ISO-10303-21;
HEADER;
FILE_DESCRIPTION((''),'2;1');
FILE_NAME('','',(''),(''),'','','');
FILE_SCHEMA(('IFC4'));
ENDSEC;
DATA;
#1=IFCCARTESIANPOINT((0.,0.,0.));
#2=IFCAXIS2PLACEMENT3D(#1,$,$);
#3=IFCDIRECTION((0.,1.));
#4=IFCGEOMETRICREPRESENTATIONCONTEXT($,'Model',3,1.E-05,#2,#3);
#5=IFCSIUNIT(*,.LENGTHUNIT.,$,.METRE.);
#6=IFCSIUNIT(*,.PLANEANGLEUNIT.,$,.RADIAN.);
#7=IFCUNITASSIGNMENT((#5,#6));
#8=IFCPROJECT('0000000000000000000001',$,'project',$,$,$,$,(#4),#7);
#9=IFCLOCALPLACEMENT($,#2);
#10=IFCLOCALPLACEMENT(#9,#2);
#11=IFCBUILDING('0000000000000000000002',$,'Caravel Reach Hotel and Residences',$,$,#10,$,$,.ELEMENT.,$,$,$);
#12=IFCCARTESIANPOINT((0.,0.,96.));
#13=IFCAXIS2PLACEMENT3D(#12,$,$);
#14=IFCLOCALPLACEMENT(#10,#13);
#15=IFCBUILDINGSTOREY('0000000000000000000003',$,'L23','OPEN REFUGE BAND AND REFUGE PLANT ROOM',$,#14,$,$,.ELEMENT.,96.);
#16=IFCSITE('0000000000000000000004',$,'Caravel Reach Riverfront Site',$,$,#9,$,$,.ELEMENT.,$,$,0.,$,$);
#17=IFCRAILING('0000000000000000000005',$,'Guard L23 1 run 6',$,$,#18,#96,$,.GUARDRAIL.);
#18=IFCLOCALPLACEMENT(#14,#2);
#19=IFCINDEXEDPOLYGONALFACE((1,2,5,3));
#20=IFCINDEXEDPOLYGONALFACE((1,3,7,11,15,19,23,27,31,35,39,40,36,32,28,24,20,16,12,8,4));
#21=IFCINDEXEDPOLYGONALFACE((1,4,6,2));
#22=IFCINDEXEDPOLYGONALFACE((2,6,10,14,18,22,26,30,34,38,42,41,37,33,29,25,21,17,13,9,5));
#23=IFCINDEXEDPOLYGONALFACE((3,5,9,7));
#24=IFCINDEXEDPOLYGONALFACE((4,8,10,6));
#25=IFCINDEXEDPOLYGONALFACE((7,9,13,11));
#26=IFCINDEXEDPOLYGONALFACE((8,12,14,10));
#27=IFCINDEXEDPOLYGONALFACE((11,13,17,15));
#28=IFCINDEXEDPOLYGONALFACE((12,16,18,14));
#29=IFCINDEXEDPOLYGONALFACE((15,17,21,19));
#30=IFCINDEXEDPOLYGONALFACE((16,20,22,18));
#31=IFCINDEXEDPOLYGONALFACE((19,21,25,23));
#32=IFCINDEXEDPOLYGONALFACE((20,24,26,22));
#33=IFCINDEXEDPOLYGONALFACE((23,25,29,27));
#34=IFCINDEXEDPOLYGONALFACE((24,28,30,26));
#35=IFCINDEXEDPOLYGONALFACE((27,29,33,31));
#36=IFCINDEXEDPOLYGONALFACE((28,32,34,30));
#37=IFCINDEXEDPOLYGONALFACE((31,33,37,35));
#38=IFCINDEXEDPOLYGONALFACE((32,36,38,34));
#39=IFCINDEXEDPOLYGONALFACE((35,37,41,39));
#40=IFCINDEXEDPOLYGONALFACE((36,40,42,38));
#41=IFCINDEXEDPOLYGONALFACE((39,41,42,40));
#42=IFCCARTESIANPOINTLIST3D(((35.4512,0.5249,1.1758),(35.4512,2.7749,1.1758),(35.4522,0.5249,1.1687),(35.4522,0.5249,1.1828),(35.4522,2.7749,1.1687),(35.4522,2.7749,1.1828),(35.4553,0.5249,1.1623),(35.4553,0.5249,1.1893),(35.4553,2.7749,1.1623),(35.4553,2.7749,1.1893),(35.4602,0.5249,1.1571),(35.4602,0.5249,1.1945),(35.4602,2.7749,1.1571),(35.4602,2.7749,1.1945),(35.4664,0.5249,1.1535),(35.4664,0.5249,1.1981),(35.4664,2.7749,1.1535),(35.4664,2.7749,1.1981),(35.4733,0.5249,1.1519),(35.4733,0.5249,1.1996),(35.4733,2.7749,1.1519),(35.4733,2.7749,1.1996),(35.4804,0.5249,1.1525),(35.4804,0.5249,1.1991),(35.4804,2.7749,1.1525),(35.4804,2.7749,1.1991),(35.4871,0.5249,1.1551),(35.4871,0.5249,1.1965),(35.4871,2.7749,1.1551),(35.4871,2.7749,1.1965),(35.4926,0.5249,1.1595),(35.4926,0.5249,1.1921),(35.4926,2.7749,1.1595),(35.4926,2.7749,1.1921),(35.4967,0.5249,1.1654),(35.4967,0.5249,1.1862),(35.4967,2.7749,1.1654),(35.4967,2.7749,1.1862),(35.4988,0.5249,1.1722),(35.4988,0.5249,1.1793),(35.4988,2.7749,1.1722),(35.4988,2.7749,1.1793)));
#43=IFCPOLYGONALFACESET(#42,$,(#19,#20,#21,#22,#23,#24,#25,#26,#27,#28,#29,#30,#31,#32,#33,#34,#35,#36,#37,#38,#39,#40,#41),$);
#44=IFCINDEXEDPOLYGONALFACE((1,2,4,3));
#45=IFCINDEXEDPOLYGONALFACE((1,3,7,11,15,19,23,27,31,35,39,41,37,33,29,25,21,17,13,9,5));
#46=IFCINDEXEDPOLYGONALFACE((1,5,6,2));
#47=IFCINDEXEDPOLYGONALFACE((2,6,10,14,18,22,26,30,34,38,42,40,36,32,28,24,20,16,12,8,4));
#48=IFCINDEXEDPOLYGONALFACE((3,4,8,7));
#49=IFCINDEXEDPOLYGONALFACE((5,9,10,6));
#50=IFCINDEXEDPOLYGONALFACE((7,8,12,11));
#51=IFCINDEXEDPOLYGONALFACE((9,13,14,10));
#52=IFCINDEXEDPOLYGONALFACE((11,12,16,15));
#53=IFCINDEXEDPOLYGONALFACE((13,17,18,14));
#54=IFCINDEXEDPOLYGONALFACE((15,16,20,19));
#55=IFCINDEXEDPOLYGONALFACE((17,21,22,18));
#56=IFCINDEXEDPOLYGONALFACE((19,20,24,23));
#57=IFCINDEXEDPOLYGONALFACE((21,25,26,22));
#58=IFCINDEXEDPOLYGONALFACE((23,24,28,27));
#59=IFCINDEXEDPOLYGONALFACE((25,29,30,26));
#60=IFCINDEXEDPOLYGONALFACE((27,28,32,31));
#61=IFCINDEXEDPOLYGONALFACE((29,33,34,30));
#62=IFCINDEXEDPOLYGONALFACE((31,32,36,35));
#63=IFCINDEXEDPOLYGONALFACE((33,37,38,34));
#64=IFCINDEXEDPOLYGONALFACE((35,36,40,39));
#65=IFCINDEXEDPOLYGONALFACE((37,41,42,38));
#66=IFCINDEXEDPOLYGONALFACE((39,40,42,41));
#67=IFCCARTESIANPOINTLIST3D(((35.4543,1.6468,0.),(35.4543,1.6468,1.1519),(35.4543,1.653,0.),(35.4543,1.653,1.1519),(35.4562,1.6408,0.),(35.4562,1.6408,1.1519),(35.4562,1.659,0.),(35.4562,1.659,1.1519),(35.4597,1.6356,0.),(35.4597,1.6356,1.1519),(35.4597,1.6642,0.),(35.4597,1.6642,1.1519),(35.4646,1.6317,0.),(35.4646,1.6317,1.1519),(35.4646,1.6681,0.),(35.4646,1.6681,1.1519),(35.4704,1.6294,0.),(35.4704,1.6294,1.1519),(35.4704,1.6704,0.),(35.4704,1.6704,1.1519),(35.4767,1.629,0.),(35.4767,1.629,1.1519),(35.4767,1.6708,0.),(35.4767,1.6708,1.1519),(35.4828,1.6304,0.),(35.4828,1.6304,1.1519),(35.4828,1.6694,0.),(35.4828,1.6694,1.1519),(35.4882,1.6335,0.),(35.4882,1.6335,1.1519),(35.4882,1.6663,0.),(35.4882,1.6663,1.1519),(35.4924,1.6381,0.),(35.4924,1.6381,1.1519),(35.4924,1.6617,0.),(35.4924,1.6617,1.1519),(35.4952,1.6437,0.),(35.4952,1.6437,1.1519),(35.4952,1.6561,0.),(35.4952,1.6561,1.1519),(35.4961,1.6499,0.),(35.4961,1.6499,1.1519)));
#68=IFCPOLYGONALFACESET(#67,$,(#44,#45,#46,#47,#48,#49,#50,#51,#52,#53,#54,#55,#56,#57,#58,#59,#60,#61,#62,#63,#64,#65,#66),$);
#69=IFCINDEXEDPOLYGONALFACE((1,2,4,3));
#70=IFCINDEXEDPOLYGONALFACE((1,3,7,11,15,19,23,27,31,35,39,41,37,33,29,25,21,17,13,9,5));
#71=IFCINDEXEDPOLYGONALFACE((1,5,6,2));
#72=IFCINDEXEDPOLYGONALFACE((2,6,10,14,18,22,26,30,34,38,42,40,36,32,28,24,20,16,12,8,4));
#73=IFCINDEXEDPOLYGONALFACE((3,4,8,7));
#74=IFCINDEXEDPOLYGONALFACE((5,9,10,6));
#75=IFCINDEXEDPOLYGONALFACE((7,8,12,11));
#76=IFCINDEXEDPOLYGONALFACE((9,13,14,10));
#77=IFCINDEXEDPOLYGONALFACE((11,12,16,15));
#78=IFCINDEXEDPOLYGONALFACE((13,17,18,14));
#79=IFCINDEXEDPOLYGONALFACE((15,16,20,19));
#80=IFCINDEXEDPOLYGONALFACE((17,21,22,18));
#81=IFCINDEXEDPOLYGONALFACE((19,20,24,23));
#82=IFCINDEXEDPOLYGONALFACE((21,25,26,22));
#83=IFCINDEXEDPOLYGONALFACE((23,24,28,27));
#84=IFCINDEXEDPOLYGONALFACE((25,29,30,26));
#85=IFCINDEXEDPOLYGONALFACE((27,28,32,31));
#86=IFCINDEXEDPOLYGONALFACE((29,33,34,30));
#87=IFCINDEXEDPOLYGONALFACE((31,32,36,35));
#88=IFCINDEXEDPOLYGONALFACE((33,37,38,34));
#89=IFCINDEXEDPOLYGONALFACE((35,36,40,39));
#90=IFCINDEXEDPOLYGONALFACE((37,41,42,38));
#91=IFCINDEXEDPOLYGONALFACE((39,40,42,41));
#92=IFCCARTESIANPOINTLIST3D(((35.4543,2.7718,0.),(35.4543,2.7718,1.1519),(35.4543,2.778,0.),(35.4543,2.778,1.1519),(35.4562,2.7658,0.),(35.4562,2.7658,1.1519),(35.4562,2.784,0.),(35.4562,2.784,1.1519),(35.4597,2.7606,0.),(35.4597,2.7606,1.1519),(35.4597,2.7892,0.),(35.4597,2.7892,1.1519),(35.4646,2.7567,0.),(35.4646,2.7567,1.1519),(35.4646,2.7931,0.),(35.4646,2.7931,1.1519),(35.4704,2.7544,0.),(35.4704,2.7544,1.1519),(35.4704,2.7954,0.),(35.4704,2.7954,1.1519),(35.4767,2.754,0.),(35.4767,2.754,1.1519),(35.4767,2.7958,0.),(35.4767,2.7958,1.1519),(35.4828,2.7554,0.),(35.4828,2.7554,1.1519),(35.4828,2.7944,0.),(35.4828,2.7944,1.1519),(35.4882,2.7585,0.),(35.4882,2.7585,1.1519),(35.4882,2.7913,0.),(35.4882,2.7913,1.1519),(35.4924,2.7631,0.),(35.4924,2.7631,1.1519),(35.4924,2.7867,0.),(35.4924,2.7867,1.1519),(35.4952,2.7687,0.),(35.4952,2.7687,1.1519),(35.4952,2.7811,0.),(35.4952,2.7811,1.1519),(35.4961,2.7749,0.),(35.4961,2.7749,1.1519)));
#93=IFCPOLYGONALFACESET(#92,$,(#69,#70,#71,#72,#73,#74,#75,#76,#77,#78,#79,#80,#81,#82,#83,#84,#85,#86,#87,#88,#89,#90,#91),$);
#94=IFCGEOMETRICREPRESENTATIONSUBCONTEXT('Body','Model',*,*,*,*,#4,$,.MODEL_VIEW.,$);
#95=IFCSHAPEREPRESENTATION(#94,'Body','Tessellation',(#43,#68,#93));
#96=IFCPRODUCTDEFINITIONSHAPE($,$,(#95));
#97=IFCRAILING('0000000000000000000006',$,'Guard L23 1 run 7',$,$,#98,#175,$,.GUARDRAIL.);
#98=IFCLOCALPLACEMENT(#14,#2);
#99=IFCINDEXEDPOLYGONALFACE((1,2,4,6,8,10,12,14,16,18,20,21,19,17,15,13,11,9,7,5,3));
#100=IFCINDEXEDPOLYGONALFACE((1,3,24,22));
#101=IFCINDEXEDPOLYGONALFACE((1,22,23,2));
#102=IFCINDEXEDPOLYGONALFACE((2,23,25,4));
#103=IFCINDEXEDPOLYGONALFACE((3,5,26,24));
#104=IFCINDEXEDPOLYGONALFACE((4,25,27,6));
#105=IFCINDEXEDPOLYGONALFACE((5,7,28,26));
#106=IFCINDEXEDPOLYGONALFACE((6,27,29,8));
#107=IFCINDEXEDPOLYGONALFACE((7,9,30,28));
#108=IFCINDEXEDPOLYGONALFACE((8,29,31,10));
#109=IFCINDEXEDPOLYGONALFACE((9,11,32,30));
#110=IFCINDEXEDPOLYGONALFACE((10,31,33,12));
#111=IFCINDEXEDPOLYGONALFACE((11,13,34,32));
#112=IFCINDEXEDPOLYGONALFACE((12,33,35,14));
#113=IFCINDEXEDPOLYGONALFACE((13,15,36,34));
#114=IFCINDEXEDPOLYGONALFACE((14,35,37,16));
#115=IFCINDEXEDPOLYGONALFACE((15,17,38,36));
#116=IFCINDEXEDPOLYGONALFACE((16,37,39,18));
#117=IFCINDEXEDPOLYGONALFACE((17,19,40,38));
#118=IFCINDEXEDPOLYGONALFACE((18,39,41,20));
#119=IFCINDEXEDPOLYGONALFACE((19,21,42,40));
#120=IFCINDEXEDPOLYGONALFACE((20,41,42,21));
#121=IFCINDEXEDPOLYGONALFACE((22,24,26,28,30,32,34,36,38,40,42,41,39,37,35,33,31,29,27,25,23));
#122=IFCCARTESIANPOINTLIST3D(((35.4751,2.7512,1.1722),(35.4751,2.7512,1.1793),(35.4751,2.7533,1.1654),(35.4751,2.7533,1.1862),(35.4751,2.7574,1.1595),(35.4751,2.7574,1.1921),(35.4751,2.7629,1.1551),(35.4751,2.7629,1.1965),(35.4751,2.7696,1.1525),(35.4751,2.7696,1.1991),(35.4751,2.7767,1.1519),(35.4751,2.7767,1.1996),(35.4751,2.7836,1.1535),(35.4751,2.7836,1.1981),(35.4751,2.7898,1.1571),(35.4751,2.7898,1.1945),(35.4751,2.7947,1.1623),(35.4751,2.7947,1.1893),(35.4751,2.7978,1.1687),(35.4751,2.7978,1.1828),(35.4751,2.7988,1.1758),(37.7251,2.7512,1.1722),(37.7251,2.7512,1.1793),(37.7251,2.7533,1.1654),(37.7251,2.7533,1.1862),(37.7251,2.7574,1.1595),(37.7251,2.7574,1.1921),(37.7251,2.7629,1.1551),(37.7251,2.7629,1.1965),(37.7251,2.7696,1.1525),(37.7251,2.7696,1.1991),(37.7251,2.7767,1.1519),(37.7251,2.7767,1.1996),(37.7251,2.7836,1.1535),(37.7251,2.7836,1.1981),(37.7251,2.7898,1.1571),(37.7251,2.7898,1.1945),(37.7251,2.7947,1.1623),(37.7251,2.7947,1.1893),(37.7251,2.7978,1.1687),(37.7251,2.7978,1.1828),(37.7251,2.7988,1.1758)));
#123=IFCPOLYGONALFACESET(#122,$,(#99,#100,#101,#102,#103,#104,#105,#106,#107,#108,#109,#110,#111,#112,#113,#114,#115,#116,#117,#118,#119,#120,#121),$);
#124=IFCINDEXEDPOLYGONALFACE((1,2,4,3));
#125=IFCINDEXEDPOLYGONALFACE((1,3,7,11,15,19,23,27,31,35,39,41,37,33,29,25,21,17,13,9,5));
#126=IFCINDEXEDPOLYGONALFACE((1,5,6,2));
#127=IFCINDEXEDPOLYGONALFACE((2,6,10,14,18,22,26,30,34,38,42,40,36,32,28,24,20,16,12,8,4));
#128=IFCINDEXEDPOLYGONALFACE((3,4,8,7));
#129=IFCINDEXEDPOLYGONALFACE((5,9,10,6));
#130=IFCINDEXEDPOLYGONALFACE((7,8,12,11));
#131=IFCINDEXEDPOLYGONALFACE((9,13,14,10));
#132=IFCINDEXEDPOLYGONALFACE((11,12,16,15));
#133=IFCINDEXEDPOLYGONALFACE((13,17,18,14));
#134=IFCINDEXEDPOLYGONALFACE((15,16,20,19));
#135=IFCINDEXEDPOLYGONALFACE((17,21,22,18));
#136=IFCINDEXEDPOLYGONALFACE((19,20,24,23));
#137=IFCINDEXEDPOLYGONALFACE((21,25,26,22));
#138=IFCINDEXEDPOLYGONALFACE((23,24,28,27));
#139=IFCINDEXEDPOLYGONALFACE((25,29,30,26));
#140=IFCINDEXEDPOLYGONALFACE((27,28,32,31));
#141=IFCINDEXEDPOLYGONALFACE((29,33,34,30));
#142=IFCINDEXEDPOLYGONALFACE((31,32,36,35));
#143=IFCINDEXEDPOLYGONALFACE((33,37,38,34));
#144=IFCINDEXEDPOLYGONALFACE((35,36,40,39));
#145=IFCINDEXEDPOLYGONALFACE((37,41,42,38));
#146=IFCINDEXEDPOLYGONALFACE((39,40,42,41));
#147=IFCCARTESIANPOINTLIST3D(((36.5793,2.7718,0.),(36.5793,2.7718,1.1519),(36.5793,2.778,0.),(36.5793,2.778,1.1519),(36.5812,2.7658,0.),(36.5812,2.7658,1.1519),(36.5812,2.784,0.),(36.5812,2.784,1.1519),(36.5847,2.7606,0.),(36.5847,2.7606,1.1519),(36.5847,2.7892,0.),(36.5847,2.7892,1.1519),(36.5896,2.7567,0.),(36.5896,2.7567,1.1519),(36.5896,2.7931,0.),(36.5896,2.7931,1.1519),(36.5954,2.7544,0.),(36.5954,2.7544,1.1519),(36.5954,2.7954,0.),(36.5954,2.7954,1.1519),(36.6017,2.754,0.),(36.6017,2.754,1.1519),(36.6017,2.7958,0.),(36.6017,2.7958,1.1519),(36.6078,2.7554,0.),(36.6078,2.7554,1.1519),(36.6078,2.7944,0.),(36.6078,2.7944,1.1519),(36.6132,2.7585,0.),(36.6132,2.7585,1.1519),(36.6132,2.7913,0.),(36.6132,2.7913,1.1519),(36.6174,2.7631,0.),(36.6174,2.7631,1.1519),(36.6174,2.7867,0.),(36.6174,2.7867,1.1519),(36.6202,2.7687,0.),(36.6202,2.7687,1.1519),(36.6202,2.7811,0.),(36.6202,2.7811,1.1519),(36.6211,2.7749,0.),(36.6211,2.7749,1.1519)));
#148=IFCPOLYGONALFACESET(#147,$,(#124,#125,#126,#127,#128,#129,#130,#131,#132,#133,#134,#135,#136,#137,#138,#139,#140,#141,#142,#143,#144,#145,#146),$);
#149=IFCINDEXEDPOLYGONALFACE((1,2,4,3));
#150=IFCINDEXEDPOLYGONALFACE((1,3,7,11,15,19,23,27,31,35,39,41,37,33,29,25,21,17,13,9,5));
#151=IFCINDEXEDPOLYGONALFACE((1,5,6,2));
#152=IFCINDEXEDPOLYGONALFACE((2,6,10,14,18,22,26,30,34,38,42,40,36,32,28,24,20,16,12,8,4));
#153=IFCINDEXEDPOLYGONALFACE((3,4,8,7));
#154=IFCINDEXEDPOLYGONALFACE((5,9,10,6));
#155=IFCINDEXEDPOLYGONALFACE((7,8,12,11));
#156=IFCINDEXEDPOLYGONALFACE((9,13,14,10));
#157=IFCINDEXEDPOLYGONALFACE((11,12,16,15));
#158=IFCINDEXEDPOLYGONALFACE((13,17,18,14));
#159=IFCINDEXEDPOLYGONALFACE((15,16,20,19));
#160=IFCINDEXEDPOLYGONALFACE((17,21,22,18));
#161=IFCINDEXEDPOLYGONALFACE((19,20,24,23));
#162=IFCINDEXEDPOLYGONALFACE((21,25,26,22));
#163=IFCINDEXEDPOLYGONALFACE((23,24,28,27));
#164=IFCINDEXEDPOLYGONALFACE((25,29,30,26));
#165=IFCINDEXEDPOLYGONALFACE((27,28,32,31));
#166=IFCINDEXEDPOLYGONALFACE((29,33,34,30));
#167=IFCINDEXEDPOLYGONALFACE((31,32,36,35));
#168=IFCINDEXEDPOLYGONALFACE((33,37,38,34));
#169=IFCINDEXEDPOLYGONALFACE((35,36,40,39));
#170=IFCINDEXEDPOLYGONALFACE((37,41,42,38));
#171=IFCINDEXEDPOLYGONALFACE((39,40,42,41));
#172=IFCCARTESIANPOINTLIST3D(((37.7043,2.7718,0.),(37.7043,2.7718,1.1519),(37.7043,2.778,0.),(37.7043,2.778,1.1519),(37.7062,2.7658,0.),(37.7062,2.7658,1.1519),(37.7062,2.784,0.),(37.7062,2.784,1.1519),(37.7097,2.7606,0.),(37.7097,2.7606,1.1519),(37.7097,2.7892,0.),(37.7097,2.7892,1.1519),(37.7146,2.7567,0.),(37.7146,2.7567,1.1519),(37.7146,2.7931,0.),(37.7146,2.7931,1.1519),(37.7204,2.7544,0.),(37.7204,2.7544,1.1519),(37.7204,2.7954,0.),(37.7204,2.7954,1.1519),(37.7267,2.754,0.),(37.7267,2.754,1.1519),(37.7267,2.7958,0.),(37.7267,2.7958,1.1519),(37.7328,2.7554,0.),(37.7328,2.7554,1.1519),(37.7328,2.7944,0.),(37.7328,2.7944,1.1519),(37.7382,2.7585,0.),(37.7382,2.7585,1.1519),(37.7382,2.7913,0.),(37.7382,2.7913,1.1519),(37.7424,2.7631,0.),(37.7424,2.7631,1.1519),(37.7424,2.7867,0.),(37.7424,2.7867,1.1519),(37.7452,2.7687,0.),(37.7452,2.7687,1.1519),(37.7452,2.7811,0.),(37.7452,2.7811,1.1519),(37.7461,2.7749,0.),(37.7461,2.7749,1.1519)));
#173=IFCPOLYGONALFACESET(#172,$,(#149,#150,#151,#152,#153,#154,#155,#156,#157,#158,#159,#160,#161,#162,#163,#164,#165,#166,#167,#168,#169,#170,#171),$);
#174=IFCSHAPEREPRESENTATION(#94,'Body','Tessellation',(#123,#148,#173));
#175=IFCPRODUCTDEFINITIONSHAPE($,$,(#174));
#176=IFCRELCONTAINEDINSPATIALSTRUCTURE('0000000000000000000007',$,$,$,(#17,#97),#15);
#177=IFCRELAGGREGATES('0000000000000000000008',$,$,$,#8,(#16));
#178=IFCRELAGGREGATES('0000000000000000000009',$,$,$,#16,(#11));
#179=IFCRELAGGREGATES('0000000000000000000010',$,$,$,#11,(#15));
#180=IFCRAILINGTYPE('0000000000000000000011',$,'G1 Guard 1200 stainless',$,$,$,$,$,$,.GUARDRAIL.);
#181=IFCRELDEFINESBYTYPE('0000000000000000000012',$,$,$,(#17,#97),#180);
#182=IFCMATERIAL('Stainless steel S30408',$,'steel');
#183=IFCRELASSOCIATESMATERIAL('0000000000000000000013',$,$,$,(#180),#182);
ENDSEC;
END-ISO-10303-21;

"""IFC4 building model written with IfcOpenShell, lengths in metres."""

from ifc_helpers import new_model, si_unit, direction, frame, origin, origin_2d, place, context, subcontext, project, spatial, circle, extrude, material, type_object, element, save


model = new_model("IFC4")

# Units and contexts
model_context = context("Model", 3, precision=1e-05, world=origin(), true_north=direction((0.0, 1.0)))
body_context = subcontext(model_context, "Body", "Model", "MODEL_VIEW")
ifc_project = project(units=[si_unit("LENGTHUNIT", "METRE"), si_unit("PLANEANGLEUNIT", "RADIAN")], contexts=[model_context])

# Site, building, storey
site_placement = place(None, origin())
site = spatial("IfcSite", under=ifc_project, at=site_placement, Name="Caravel Reach Riverfront Site", CompositionType="ELEMENT", RefElevation=0.0)
building_placement = place(site_placement, origin())
building = spatial("IfcBuilding", under=site, at=building_placement, Name="Caravel Reach Hotel and Residences", CompositionType="ELEMENT")
storey_placement = place(building_placement, frame((0.0, 0.0, 96.0)))
storey = spatial("IfcBuildingStorey", under=building, at=storey_placement, Name="L23", Description="OPEN REFUGE BAND AND REFUGE PLANT ROOM", CompositionType="ELEMENT", Elevation=96.0)

# Railings
ifc_material_1 = material(Name="Stainless steel S30408", Category="steel")
railing_type = type_object("IfcRailingType", Name="G1 Guard 1200 stainless", PredefinedType="GUARDRAIL", material=ifc_material_1)
railing_1_placement = place(storey_placement, frame((35.4751, 0.5249, 0.0)))
element("IfcRailing", 1, at=railing_1_placement, inside=storey, type_object=railing_type, Name="Guard L23 1 run 6", PredefinedType="GUARDRAIL", context=body_context, shape_type="SweptSolid", body=[
    extrude(circle(Radius=0.0239, at=origin_2d()), frame((0.0, 0.0, 1.1758), z_axis=(0.0, 1.0, 0.0), x_axis=(-1.0, 0.0, 0.0)), (0.0, 0.0, 1.0), 2.25),
    extrude(circle(Radius=0.021, at=origin_2d()), frame((0.0, 1.125, 0.0)), (0.0, 0.0, 1.0), 1.1519),
    extrude(circle(Radius=0.021, at=origin_2d()), frame((0.0, 2.25, 0.0)), (0.0, 0.0, 1.0), 1.1519),
])
railing_2_placement = place(storey_placement, frame((35.4751, 2.7749, 0.0)))
element("IfcRailing", 2, at=railing_2_placement, inside=storey, type_object=railing_type, Name="Guard L23 1 run 7", PredefinedType="GUARDRAIL", context=body_context, shape_type="SweptSolid", body=[
    extrude(circle(Radius=0.0239, at=origin_2d()), frame((0.0, 0.0, 1.1758), z_axis=(1.0, 0.0, 0.0), x_axis=(0.0, 1.0, 0.0)), (0.0, 0.0, 1.0), 2.25),
    extrude(circle(Radius=0.021, at=origin_2d()), frame((1.125, 0.0, 0.0)), (0.0, 0.0, 1.0), 1.1519),
    extrude(circle(Radius=0.021, at=origin_2d()), frame((2.25, 0.0, 0.0)), (0.0, 0.0, 1.0), 1.1519),
])

save(model, "model.ifc")
